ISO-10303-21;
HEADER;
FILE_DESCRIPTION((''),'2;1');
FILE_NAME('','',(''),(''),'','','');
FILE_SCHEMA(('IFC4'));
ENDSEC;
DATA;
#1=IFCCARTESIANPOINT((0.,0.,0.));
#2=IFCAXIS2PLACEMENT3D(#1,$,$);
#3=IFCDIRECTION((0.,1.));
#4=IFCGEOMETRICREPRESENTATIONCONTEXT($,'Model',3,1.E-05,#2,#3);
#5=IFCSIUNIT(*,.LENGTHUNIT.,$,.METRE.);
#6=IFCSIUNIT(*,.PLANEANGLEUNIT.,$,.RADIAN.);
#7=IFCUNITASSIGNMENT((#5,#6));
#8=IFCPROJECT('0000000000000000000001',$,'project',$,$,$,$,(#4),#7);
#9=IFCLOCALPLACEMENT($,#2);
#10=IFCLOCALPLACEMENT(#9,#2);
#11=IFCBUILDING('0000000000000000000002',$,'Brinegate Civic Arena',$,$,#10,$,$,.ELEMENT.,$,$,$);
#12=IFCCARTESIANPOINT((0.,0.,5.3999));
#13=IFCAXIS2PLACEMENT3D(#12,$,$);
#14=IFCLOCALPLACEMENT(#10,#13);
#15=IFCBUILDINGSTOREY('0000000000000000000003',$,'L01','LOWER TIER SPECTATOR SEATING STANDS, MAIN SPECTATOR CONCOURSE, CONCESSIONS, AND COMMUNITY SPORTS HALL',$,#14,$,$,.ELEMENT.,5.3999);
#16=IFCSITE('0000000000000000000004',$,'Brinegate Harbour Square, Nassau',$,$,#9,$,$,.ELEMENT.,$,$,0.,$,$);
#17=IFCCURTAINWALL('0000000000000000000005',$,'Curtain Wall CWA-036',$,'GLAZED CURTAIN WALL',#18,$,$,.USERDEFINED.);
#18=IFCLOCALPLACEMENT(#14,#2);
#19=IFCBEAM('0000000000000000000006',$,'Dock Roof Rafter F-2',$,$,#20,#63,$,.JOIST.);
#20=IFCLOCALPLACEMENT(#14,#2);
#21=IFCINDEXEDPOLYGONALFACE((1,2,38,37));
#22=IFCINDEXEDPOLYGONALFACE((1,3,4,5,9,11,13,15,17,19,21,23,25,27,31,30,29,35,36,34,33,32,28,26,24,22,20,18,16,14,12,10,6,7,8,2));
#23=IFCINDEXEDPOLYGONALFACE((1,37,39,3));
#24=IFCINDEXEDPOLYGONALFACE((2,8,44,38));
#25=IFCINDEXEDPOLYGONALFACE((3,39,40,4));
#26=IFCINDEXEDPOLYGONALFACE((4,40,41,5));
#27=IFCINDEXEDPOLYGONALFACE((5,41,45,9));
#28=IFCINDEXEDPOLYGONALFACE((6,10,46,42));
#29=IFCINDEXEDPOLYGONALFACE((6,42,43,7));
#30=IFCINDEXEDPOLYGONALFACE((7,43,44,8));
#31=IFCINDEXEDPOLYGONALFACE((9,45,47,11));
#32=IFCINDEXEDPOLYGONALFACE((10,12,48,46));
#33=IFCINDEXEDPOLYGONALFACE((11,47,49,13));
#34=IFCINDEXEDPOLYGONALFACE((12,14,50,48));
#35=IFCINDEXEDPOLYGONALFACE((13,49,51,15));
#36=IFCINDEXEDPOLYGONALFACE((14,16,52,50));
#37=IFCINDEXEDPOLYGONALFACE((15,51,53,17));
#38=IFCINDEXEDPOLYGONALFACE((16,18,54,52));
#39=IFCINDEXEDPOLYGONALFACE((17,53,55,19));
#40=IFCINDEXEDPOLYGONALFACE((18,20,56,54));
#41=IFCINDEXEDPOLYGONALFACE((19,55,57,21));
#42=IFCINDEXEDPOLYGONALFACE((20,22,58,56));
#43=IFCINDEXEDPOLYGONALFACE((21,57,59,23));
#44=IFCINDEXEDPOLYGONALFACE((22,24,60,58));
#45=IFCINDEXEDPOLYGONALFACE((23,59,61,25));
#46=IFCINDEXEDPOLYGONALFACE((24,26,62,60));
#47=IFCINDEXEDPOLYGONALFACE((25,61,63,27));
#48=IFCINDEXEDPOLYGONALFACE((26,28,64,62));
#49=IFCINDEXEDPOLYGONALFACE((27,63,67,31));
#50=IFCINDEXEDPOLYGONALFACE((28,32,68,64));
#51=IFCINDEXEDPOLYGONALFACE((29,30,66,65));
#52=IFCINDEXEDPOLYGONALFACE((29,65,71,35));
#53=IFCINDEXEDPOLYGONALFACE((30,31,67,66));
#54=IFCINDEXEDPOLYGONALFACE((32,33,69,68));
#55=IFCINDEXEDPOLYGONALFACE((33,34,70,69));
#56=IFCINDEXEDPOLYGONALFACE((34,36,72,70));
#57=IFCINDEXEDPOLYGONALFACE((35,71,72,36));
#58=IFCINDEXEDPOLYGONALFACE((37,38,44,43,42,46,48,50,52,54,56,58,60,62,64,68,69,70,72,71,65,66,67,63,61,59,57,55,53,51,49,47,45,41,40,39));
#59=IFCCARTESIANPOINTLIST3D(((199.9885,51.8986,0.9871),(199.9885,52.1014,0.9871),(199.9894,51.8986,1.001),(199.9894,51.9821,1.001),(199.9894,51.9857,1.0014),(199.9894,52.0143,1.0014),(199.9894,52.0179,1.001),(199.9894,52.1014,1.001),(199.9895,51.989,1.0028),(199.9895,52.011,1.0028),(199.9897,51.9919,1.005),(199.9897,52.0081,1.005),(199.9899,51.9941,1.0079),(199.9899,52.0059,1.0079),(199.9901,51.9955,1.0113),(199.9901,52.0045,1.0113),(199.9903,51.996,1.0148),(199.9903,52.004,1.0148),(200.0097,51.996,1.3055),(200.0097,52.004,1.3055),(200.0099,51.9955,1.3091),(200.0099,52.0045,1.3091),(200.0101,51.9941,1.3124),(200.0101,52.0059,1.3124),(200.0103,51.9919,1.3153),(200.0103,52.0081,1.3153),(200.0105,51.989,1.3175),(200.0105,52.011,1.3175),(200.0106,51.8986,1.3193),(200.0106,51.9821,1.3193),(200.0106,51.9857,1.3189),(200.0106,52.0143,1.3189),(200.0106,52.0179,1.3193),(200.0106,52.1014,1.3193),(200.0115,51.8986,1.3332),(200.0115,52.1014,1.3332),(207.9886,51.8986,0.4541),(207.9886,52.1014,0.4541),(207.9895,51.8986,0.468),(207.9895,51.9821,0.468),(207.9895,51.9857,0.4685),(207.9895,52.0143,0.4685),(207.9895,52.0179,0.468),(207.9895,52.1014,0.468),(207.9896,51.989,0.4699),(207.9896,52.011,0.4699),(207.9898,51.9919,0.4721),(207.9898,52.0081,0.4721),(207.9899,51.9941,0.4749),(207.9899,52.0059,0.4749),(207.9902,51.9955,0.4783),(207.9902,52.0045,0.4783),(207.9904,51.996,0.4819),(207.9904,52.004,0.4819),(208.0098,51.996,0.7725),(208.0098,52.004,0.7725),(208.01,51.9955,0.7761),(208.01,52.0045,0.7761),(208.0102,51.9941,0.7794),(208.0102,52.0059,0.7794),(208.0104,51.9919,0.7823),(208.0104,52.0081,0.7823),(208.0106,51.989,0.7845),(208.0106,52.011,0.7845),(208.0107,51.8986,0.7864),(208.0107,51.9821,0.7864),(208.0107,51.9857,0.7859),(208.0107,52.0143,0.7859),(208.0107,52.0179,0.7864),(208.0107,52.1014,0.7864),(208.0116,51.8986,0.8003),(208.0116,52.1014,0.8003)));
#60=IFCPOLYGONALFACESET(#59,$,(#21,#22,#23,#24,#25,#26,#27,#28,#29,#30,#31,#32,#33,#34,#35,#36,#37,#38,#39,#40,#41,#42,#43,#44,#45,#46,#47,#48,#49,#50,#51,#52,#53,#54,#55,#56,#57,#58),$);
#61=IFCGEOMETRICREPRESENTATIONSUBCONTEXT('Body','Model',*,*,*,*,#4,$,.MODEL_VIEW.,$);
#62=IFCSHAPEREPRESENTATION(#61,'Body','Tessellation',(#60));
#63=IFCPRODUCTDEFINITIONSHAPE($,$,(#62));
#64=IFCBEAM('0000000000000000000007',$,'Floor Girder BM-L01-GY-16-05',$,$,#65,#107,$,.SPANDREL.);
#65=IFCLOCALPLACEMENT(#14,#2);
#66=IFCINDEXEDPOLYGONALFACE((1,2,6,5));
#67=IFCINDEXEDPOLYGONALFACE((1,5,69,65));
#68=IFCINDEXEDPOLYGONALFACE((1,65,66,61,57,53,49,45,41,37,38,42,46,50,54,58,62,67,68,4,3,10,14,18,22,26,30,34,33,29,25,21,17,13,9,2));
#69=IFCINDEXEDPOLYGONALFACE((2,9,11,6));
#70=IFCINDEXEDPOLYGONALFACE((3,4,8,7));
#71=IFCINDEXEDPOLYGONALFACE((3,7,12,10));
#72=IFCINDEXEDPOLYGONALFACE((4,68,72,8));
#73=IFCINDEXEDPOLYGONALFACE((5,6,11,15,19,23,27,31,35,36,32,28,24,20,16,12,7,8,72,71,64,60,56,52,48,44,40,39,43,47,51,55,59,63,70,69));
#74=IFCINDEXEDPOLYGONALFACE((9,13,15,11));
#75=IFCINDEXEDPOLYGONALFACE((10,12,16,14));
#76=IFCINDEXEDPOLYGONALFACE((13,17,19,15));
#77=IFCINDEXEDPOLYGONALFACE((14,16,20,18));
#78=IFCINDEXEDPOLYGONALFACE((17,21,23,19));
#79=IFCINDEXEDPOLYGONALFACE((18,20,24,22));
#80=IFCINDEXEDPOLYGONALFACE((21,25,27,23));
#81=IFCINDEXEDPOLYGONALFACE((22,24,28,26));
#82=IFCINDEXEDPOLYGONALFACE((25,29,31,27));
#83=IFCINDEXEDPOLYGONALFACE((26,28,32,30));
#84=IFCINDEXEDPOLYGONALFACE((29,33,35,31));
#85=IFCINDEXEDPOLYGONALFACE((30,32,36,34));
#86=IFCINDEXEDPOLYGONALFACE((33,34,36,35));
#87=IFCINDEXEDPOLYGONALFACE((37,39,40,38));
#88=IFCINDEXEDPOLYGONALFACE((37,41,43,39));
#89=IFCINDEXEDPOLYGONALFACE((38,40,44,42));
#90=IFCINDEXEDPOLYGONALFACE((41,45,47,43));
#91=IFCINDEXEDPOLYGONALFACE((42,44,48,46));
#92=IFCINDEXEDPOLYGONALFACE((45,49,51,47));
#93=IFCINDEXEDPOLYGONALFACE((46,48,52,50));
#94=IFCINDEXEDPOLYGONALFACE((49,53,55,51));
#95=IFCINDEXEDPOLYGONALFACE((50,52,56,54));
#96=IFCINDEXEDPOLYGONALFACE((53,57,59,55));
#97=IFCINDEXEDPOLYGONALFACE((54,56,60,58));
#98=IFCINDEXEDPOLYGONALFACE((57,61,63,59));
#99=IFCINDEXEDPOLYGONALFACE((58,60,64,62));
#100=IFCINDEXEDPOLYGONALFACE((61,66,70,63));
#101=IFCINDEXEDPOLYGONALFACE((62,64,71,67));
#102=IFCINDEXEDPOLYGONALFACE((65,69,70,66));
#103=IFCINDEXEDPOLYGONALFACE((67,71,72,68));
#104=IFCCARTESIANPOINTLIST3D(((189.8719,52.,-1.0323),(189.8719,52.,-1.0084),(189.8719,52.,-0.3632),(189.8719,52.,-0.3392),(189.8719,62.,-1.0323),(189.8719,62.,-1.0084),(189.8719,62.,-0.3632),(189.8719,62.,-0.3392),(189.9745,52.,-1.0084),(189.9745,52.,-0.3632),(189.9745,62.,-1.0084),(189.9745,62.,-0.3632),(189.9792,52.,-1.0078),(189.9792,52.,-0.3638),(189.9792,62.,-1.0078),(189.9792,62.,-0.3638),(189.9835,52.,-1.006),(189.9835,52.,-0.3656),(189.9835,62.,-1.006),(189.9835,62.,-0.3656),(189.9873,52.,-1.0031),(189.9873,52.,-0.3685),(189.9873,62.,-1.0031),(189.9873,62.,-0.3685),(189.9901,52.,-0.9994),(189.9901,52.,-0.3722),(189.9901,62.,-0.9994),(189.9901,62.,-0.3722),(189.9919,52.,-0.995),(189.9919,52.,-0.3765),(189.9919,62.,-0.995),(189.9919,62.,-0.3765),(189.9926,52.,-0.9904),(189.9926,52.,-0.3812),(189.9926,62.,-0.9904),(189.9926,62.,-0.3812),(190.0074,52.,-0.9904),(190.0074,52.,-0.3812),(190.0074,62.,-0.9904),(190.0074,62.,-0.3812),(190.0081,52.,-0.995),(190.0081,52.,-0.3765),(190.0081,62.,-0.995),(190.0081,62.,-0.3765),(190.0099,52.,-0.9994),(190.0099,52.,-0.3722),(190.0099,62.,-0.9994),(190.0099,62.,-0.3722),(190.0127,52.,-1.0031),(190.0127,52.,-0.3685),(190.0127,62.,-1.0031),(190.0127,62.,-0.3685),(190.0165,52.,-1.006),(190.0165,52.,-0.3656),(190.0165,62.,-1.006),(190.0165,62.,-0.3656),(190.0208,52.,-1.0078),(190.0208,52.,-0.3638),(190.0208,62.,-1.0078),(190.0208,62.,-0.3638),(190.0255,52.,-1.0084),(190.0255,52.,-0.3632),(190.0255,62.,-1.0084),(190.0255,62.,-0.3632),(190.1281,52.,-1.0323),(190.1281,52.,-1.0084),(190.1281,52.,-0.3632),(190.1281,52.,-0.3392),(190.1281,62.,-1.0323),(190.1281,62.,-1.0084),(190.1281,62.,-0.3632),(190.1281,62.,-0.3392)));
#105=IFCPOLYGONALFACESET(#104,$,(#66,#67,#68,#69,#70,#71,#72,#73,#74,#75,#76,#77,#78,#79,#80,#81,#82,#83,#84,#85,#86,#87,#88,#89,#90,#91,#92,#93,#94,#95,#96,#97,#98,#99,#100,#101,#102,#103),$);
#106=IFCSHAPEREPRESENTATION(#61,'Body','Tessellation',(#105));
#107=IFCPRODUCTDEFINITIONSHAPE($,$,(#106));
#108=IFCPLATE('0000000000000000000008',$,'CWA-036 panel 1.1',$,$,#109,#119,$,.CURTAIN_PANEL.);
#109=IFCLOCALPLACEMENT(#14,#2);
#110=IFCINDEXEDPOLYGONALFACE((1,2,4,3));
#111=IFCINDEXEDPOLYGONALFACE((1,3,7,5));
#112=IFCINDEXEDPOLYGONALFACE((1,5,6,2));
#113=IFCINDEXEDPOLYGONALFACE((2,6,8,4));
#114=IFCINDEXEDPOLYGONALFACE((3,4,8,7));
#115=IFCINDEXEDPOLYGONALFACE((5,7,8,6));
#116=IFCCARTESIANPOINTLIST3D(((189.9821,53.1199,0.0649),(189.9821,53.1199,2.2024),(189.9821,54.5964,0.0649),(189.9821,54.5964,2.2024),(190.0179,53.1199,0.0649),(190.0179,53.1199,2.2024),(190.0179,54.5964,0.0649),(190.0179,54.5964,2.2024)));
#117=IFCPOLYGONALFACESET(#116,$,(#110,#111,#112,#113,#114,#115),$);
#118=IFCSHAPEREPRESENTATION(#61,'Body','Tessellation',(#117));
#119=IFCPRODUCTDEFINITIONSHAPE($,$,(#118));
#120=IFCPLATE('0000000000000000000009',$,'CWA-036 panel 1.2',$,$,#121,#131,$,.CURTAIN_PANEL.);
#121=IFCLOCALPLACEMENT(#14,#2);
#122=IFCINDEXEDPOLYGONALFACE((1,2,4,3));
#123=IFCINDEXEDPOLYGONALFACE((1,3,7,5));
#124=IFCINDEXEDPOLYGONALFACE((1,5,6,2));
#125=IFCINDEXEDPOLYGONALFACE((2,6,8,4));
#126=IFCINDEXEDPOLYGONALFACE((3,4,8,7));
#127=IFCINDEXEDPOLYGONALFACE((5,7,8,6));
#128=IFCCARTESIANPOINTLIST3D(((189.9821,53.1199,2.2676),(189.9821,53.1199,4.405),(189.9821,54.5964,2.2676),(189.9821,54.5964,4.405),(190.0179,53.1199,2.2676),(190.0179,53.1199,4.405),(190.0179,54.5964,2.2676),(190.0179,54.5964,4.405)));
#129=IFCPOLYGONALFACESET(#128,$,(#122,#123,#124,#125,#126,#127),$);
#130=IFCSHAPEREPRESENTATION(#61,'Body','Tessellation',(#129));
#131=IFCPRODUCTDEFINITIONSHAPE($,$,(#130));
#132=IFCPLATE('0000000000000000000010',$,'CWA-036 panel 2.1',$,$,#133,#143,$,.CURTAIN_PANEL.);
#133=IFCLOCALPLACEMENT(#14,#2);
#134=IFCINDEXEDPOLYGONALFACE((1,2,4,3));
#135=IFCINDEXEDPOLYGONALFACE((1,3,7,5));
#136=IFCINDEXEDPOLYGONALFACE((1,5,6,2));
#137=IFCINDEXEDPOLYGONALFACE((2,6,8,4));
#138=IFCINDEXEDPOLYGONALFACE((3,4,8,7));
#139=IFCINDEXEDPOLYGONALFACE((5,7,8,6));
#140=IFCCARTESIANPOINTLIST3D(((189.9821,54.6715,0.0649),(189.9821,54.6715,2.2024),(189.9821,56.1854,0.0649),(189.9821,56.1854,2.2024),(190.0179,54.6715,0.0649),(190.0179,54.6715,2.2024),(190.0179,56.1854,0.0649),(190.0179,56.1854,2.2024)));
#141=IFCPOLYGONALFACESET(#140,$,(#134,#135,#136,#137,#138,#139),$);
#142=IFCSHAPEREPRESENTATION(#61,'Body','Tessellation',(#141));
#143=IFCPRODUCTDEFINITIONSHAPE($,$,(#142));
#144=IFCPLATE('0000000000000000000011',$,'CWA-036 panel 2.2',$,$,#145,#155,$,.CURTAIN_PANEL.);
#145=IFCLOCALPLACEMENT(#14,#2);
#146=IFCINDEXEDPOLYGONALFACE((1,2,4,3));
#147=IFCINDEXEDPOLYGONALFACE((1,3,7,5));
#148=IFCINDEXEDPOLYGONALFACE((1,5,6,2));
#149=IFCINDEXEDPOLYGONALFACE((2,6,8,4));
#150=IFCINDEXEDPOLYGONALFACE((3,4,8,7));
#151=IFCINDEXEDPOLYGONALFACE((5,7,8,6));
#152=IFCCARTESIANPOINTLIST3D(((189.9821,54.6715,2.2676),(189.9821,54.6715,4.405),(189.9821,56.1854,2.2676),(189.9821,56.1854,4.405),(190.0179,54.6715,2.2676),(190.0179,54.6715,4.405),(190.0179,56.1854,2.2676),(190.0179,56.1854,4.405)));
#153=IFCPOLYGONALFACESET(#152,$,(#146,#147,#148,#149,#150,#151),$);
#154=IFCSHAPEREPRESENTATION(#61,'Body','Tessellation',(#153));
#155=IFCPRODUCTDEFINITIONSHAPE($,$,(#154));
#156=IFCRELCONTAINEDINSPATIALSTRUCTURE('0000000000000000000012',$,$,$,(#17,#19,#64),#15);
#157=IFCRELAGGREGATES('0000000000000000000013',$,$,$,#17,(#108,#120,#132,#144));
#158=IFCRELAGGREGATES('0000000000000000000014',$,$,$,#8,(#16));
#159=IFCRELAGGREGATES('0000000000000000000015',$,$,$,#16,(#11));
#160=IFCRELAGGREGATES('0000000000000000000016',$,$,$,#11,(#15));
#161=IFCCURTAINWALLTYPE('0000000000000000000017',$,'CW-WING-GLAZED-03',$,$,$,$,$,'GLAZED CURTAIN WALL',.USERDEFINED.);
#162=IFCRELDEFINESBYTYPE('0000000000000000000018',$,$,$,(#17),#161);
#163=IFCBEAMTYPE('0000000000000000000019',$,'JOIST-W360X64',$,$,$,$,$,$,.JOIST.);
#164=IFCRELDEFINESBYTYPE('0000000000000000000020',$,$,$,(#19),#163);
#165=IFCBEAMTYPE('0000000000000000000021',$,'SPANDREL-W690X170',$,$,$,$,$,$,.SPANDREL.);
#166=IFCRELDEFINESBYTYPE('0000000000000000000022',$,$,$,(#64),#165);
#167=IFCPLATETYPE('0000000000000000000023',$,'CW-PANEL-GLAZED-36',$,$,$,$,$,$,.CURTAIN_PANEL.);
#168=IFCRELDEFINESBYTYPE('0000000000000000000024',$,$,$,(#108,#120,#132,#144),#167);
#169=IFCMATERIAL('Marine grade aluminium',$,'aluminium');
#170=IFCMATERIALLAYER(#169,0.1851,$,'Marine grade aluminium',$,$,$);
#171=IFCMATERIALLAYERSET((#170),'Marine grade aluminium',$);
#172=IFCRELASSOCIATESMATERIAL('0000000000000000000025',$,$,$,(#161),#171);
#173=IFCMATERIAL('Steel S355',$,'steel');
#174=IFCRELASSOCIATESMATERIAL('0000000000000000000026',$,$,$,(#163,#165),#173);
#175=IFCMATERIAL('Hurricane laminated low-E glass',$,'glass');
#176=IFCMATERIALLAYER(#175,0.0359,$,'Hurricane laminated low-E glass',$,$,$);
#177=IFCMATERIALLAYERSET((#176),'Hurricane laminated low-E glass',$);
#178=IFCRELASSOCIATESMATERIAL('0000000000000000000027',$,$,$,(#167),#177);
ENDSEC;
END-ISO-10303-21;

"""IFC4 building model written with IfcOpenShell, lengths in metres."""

from ifc_helpers import new_model, si_unit, direction, frame, origin, origin_2d, place, context, subcontext, project, spatial, rectangle, i_section, extrude, material, layer, layer_set, material_profile, profile_set, type_object, element, aggregate, save


model = new_model("IFC4")

# Units and contexts
model_context = context("Model", 3, precision=1e-05, world=origin(), true_north=direction((0.0, 1.0)))
body_context = subcontext(model_context, "Body", "Model", "MODEL_VIEW")
ifc_project = project(units=[si_unit("LENGTHUNIT", "METRE"), si_unit("PLANEANGLEUNIT", "RADIAN")], contexts=[model_context])

# Site, building, storey
site_placement = place(None, origin())
site = spatial("IfcSite", under=ifc_project, at=site_placement, Name="Brinegate Harbour Square, Nassau", CompositionType="ELEMENT", RefElevation=0.0)
building_placement = place(site_placement, origin())
building = spatial("IfcBuilding", under=site, at=building_placement, Name="Brinegate Civic Arena", CompositionType="ELEMENT")
storey_placement = place(building_placement, frame((0.0, 0.0, 5.3999)))
storey = spatial("IfcBuildingStorey", under=building, at=storey_placement, Name="L01", Description="LOWER TIER SPECTATOR SEATING STANDS, MAIN SPECTATOR CONCOURSE, CONCESSIONS, AND COMMUNITY SPORTS HALL", CompositionType="ELEMENT", Elevation=5.3999)

# Shared definitions
ifc_material_1 = material(Name="Steel S355", Category="steel")

# Curtain wall
ifc_material_2 = material(Name="Marine grade aluminium", Category="aluminium")
ifc_layer_1 = layer(ifc_material_2, 0.1851, Name="Marine grade aluminium")
ifc_layer_set_1 = layer_set([ifc_layer_1], Name="Marine grade aluminium")
curtain_wall_type = type_object("IfcCurtainWallType", Name="CW-WING-GLAZED-03", ElementType="GLAZED CURTAIN WALL", PredefinedType="USERDEFINED", material=ifc_layer_set_1)
curtain_wall_placement = place(storey_placement, origin())
curtain_wall = element("IfcCurtainWall", 1, at=curtain_wall_placement, inside=storey, type_object=curtain_wall_type, Name="Curtain Wall CWA-036", ObjectType="GLAZED CURTAIN WALL", PredefinedType="USERDEFINED")

# Beams
ifc_material_profile_1 = material_profile(ifc_material_1, i_section(OverallWidth=0.2029, OverallDepth=0.3469, WebThickness=0.0081, FlangeThickness=0.0139, FilletRadius=0.0139, at=origin_2d()), Name="W360X64")
ifc_profile_set_1 = profile_set([ifc_material_profile_1], Name="Steel S355")
beam_type_1 = type_object("IfcBeamType", Name="JOIST-W360X64", PredefinedType="JOIST", material=ifc_profile_set_1)
beam_1_placement = place(storey_placement, frame((200.0, 52.0, 1.1602), z_axis=(0.997788, 0.0, -0.066473), x_axis=(0.0, 1.0, 0.0)))
element("IfcBeam", 2, at=beam_1_placement, inside=storey, type_object=beam_type_1, Name="Dock Roof Rafter F-2", PredefinedType="JOIST", context=body_context, shape_type="SweptSolid", body=[
    extrude(i_section(OverallWidth=0.2029, OverallDepth=0.3469, WebThickness=0.0081, FlangeThickness=0.0139, FilletRadius=0.0139, at=origin_2d()), origin(), (0.0, 0.0, 1.0), 8.0178),
])
ifc_material_profile_2 = material_profile(ifc_material_1, i_section(OverallWidth=0.2561, OverallDepth=0.6931, WebThickness=0.0149, FlangeThickness=0.0239, FilletRadius=0.0181, at=origin_2d()), Name="W690X170")
ifc_profile_set_2 = profile_set([ifc_material_profile_2], Name="Steel S355")
beam_type_2 = type_object("IfcBeamType", Name="SPANDREL-W690X170", PredefinedType="SPANDREL", material=ifc_profile_set_2)
beam_2_placement = place(storey_placement, frame((190.0, 52.0, -0.6858), z_axis=(0.0, 1.0, 0.0), x_axis=(-1.0, 0.0, 0.0)))
element("IfcBeam", 3, at=beam_2_placement, inside=storey, type_object=beam_type_2, Name="Floor Girder BM-L01-GY-16-05", PredefinedType="SPANDREL", context=body_context, shape_type="SweptSolid", body=[
    extrude(i_section(OverallWidth=0.2561, OverallDepth=0.6931, WebThickness=0.0149, FlangeThickness=0.0239, FilletRadius=0.0181, at=origin_2d()), origin(), (0.0, 0.0, 1.0), 10.0),
])

# Plates
ifc_material_3 = material(Name="Hurricane laminated low-E glass", Category="glass")
ifc_layer_2 = layer(ifc_material_3, 0.0359, Name="Hurricane laminated low-E glass")
ifc_layer_set_2 = layer_set([ifc_layer_2], Name="Hurricane laminated low-E glass")
plate_type = type_object("IfcPlateType", Name="CW-PANEL-GLAZED-36", PredefinedType="CURTAIN_PANEL", material=ifc_layer_set_2)
plate_1_placement = place(storey_placement, frame((190.0, 53.8582, 0.0649), z_axis=(0.0, 0.0, 1.0), x_axis=(0.0, 1.0, 0.0)))
plate_1 = element("IfcPlate", 4, at=plate_1_placement, type_object=plate_type, Name="CWA-036 panel 1.1", PredefinedType="CURTAIN_PANEL", context=body_context, shape_type="SweptSolid", body=[
    extrude(rectangle(XDim=1.4766, YDim=0.0359, at=origin_2d()), origin(), (0.0, 0.0, 1.0), 2.1375),
])
plate_2_placement = place(storey_placement, frame((190.0, 53.8582, 2.2676), z_axis=(0.0, 0.0, 1.0), x_axis=(0.0, 1.0, 0.0)))
plate_2 = element("IfcPlate", 5, at=plate_2_placement, type_object=plate_type, Name="CWA-036 panel 1.2", PredefinedType="CURTAIN_PANEL", context=body_context, shape_type="SweptSolid", body=[
    extrude(rectangle(XDim=1.4766, YDim=0.0359, at=origin_2d()), origin(), (0.0, 0.0, 1.0), 2.1375),
])
plate_3_placement = place(storey_placement, frame((190.0, 55.4285, 0.0649), z_axis=(0.0, 0.0, 1.0), x_axis=(0.0, 1.0, 0.0)))
plate_3 = element("IfcPlate", 6, at=plate_3_placement, type_object=plate_type, Name="CWA-036 panel 2.1", PredefinedType="CURTAIN_PANEL", context=body_context, shape_type="SweptSolid", body=[
    extrude(rectangle(XDim=1.5139, YDim=0.0359, at=origin_2d()), origin(), (0.0, 0.0, 1.0), 2.1375),
])
plate_4_placement = place(storey_placement, frame((190.0, 55.4285, 2.2676), z_axis=(0.0, 0.0, 1.0), x_axis=(0.0, 1.0, 0.0)))
plate_4 = element("IfcPlate", 7, at=plate_4_placement, type_object=plate_type, Name="CWA-036 panel 2.2", PredefinedType="CURTAIN_PANEL", context=body_context, shape_type="SweptSolid", body=[
    extrude(rectangle(XDim=1.5139, YDim=0.0359, at=origin_2d()), origin(), (0.0, 0.0, 1.0), 2.1375),
])
aggregate(curtain_wall, [plate_1, plate_2, plate_3, plate_4])

save(model, "model.ifc")
